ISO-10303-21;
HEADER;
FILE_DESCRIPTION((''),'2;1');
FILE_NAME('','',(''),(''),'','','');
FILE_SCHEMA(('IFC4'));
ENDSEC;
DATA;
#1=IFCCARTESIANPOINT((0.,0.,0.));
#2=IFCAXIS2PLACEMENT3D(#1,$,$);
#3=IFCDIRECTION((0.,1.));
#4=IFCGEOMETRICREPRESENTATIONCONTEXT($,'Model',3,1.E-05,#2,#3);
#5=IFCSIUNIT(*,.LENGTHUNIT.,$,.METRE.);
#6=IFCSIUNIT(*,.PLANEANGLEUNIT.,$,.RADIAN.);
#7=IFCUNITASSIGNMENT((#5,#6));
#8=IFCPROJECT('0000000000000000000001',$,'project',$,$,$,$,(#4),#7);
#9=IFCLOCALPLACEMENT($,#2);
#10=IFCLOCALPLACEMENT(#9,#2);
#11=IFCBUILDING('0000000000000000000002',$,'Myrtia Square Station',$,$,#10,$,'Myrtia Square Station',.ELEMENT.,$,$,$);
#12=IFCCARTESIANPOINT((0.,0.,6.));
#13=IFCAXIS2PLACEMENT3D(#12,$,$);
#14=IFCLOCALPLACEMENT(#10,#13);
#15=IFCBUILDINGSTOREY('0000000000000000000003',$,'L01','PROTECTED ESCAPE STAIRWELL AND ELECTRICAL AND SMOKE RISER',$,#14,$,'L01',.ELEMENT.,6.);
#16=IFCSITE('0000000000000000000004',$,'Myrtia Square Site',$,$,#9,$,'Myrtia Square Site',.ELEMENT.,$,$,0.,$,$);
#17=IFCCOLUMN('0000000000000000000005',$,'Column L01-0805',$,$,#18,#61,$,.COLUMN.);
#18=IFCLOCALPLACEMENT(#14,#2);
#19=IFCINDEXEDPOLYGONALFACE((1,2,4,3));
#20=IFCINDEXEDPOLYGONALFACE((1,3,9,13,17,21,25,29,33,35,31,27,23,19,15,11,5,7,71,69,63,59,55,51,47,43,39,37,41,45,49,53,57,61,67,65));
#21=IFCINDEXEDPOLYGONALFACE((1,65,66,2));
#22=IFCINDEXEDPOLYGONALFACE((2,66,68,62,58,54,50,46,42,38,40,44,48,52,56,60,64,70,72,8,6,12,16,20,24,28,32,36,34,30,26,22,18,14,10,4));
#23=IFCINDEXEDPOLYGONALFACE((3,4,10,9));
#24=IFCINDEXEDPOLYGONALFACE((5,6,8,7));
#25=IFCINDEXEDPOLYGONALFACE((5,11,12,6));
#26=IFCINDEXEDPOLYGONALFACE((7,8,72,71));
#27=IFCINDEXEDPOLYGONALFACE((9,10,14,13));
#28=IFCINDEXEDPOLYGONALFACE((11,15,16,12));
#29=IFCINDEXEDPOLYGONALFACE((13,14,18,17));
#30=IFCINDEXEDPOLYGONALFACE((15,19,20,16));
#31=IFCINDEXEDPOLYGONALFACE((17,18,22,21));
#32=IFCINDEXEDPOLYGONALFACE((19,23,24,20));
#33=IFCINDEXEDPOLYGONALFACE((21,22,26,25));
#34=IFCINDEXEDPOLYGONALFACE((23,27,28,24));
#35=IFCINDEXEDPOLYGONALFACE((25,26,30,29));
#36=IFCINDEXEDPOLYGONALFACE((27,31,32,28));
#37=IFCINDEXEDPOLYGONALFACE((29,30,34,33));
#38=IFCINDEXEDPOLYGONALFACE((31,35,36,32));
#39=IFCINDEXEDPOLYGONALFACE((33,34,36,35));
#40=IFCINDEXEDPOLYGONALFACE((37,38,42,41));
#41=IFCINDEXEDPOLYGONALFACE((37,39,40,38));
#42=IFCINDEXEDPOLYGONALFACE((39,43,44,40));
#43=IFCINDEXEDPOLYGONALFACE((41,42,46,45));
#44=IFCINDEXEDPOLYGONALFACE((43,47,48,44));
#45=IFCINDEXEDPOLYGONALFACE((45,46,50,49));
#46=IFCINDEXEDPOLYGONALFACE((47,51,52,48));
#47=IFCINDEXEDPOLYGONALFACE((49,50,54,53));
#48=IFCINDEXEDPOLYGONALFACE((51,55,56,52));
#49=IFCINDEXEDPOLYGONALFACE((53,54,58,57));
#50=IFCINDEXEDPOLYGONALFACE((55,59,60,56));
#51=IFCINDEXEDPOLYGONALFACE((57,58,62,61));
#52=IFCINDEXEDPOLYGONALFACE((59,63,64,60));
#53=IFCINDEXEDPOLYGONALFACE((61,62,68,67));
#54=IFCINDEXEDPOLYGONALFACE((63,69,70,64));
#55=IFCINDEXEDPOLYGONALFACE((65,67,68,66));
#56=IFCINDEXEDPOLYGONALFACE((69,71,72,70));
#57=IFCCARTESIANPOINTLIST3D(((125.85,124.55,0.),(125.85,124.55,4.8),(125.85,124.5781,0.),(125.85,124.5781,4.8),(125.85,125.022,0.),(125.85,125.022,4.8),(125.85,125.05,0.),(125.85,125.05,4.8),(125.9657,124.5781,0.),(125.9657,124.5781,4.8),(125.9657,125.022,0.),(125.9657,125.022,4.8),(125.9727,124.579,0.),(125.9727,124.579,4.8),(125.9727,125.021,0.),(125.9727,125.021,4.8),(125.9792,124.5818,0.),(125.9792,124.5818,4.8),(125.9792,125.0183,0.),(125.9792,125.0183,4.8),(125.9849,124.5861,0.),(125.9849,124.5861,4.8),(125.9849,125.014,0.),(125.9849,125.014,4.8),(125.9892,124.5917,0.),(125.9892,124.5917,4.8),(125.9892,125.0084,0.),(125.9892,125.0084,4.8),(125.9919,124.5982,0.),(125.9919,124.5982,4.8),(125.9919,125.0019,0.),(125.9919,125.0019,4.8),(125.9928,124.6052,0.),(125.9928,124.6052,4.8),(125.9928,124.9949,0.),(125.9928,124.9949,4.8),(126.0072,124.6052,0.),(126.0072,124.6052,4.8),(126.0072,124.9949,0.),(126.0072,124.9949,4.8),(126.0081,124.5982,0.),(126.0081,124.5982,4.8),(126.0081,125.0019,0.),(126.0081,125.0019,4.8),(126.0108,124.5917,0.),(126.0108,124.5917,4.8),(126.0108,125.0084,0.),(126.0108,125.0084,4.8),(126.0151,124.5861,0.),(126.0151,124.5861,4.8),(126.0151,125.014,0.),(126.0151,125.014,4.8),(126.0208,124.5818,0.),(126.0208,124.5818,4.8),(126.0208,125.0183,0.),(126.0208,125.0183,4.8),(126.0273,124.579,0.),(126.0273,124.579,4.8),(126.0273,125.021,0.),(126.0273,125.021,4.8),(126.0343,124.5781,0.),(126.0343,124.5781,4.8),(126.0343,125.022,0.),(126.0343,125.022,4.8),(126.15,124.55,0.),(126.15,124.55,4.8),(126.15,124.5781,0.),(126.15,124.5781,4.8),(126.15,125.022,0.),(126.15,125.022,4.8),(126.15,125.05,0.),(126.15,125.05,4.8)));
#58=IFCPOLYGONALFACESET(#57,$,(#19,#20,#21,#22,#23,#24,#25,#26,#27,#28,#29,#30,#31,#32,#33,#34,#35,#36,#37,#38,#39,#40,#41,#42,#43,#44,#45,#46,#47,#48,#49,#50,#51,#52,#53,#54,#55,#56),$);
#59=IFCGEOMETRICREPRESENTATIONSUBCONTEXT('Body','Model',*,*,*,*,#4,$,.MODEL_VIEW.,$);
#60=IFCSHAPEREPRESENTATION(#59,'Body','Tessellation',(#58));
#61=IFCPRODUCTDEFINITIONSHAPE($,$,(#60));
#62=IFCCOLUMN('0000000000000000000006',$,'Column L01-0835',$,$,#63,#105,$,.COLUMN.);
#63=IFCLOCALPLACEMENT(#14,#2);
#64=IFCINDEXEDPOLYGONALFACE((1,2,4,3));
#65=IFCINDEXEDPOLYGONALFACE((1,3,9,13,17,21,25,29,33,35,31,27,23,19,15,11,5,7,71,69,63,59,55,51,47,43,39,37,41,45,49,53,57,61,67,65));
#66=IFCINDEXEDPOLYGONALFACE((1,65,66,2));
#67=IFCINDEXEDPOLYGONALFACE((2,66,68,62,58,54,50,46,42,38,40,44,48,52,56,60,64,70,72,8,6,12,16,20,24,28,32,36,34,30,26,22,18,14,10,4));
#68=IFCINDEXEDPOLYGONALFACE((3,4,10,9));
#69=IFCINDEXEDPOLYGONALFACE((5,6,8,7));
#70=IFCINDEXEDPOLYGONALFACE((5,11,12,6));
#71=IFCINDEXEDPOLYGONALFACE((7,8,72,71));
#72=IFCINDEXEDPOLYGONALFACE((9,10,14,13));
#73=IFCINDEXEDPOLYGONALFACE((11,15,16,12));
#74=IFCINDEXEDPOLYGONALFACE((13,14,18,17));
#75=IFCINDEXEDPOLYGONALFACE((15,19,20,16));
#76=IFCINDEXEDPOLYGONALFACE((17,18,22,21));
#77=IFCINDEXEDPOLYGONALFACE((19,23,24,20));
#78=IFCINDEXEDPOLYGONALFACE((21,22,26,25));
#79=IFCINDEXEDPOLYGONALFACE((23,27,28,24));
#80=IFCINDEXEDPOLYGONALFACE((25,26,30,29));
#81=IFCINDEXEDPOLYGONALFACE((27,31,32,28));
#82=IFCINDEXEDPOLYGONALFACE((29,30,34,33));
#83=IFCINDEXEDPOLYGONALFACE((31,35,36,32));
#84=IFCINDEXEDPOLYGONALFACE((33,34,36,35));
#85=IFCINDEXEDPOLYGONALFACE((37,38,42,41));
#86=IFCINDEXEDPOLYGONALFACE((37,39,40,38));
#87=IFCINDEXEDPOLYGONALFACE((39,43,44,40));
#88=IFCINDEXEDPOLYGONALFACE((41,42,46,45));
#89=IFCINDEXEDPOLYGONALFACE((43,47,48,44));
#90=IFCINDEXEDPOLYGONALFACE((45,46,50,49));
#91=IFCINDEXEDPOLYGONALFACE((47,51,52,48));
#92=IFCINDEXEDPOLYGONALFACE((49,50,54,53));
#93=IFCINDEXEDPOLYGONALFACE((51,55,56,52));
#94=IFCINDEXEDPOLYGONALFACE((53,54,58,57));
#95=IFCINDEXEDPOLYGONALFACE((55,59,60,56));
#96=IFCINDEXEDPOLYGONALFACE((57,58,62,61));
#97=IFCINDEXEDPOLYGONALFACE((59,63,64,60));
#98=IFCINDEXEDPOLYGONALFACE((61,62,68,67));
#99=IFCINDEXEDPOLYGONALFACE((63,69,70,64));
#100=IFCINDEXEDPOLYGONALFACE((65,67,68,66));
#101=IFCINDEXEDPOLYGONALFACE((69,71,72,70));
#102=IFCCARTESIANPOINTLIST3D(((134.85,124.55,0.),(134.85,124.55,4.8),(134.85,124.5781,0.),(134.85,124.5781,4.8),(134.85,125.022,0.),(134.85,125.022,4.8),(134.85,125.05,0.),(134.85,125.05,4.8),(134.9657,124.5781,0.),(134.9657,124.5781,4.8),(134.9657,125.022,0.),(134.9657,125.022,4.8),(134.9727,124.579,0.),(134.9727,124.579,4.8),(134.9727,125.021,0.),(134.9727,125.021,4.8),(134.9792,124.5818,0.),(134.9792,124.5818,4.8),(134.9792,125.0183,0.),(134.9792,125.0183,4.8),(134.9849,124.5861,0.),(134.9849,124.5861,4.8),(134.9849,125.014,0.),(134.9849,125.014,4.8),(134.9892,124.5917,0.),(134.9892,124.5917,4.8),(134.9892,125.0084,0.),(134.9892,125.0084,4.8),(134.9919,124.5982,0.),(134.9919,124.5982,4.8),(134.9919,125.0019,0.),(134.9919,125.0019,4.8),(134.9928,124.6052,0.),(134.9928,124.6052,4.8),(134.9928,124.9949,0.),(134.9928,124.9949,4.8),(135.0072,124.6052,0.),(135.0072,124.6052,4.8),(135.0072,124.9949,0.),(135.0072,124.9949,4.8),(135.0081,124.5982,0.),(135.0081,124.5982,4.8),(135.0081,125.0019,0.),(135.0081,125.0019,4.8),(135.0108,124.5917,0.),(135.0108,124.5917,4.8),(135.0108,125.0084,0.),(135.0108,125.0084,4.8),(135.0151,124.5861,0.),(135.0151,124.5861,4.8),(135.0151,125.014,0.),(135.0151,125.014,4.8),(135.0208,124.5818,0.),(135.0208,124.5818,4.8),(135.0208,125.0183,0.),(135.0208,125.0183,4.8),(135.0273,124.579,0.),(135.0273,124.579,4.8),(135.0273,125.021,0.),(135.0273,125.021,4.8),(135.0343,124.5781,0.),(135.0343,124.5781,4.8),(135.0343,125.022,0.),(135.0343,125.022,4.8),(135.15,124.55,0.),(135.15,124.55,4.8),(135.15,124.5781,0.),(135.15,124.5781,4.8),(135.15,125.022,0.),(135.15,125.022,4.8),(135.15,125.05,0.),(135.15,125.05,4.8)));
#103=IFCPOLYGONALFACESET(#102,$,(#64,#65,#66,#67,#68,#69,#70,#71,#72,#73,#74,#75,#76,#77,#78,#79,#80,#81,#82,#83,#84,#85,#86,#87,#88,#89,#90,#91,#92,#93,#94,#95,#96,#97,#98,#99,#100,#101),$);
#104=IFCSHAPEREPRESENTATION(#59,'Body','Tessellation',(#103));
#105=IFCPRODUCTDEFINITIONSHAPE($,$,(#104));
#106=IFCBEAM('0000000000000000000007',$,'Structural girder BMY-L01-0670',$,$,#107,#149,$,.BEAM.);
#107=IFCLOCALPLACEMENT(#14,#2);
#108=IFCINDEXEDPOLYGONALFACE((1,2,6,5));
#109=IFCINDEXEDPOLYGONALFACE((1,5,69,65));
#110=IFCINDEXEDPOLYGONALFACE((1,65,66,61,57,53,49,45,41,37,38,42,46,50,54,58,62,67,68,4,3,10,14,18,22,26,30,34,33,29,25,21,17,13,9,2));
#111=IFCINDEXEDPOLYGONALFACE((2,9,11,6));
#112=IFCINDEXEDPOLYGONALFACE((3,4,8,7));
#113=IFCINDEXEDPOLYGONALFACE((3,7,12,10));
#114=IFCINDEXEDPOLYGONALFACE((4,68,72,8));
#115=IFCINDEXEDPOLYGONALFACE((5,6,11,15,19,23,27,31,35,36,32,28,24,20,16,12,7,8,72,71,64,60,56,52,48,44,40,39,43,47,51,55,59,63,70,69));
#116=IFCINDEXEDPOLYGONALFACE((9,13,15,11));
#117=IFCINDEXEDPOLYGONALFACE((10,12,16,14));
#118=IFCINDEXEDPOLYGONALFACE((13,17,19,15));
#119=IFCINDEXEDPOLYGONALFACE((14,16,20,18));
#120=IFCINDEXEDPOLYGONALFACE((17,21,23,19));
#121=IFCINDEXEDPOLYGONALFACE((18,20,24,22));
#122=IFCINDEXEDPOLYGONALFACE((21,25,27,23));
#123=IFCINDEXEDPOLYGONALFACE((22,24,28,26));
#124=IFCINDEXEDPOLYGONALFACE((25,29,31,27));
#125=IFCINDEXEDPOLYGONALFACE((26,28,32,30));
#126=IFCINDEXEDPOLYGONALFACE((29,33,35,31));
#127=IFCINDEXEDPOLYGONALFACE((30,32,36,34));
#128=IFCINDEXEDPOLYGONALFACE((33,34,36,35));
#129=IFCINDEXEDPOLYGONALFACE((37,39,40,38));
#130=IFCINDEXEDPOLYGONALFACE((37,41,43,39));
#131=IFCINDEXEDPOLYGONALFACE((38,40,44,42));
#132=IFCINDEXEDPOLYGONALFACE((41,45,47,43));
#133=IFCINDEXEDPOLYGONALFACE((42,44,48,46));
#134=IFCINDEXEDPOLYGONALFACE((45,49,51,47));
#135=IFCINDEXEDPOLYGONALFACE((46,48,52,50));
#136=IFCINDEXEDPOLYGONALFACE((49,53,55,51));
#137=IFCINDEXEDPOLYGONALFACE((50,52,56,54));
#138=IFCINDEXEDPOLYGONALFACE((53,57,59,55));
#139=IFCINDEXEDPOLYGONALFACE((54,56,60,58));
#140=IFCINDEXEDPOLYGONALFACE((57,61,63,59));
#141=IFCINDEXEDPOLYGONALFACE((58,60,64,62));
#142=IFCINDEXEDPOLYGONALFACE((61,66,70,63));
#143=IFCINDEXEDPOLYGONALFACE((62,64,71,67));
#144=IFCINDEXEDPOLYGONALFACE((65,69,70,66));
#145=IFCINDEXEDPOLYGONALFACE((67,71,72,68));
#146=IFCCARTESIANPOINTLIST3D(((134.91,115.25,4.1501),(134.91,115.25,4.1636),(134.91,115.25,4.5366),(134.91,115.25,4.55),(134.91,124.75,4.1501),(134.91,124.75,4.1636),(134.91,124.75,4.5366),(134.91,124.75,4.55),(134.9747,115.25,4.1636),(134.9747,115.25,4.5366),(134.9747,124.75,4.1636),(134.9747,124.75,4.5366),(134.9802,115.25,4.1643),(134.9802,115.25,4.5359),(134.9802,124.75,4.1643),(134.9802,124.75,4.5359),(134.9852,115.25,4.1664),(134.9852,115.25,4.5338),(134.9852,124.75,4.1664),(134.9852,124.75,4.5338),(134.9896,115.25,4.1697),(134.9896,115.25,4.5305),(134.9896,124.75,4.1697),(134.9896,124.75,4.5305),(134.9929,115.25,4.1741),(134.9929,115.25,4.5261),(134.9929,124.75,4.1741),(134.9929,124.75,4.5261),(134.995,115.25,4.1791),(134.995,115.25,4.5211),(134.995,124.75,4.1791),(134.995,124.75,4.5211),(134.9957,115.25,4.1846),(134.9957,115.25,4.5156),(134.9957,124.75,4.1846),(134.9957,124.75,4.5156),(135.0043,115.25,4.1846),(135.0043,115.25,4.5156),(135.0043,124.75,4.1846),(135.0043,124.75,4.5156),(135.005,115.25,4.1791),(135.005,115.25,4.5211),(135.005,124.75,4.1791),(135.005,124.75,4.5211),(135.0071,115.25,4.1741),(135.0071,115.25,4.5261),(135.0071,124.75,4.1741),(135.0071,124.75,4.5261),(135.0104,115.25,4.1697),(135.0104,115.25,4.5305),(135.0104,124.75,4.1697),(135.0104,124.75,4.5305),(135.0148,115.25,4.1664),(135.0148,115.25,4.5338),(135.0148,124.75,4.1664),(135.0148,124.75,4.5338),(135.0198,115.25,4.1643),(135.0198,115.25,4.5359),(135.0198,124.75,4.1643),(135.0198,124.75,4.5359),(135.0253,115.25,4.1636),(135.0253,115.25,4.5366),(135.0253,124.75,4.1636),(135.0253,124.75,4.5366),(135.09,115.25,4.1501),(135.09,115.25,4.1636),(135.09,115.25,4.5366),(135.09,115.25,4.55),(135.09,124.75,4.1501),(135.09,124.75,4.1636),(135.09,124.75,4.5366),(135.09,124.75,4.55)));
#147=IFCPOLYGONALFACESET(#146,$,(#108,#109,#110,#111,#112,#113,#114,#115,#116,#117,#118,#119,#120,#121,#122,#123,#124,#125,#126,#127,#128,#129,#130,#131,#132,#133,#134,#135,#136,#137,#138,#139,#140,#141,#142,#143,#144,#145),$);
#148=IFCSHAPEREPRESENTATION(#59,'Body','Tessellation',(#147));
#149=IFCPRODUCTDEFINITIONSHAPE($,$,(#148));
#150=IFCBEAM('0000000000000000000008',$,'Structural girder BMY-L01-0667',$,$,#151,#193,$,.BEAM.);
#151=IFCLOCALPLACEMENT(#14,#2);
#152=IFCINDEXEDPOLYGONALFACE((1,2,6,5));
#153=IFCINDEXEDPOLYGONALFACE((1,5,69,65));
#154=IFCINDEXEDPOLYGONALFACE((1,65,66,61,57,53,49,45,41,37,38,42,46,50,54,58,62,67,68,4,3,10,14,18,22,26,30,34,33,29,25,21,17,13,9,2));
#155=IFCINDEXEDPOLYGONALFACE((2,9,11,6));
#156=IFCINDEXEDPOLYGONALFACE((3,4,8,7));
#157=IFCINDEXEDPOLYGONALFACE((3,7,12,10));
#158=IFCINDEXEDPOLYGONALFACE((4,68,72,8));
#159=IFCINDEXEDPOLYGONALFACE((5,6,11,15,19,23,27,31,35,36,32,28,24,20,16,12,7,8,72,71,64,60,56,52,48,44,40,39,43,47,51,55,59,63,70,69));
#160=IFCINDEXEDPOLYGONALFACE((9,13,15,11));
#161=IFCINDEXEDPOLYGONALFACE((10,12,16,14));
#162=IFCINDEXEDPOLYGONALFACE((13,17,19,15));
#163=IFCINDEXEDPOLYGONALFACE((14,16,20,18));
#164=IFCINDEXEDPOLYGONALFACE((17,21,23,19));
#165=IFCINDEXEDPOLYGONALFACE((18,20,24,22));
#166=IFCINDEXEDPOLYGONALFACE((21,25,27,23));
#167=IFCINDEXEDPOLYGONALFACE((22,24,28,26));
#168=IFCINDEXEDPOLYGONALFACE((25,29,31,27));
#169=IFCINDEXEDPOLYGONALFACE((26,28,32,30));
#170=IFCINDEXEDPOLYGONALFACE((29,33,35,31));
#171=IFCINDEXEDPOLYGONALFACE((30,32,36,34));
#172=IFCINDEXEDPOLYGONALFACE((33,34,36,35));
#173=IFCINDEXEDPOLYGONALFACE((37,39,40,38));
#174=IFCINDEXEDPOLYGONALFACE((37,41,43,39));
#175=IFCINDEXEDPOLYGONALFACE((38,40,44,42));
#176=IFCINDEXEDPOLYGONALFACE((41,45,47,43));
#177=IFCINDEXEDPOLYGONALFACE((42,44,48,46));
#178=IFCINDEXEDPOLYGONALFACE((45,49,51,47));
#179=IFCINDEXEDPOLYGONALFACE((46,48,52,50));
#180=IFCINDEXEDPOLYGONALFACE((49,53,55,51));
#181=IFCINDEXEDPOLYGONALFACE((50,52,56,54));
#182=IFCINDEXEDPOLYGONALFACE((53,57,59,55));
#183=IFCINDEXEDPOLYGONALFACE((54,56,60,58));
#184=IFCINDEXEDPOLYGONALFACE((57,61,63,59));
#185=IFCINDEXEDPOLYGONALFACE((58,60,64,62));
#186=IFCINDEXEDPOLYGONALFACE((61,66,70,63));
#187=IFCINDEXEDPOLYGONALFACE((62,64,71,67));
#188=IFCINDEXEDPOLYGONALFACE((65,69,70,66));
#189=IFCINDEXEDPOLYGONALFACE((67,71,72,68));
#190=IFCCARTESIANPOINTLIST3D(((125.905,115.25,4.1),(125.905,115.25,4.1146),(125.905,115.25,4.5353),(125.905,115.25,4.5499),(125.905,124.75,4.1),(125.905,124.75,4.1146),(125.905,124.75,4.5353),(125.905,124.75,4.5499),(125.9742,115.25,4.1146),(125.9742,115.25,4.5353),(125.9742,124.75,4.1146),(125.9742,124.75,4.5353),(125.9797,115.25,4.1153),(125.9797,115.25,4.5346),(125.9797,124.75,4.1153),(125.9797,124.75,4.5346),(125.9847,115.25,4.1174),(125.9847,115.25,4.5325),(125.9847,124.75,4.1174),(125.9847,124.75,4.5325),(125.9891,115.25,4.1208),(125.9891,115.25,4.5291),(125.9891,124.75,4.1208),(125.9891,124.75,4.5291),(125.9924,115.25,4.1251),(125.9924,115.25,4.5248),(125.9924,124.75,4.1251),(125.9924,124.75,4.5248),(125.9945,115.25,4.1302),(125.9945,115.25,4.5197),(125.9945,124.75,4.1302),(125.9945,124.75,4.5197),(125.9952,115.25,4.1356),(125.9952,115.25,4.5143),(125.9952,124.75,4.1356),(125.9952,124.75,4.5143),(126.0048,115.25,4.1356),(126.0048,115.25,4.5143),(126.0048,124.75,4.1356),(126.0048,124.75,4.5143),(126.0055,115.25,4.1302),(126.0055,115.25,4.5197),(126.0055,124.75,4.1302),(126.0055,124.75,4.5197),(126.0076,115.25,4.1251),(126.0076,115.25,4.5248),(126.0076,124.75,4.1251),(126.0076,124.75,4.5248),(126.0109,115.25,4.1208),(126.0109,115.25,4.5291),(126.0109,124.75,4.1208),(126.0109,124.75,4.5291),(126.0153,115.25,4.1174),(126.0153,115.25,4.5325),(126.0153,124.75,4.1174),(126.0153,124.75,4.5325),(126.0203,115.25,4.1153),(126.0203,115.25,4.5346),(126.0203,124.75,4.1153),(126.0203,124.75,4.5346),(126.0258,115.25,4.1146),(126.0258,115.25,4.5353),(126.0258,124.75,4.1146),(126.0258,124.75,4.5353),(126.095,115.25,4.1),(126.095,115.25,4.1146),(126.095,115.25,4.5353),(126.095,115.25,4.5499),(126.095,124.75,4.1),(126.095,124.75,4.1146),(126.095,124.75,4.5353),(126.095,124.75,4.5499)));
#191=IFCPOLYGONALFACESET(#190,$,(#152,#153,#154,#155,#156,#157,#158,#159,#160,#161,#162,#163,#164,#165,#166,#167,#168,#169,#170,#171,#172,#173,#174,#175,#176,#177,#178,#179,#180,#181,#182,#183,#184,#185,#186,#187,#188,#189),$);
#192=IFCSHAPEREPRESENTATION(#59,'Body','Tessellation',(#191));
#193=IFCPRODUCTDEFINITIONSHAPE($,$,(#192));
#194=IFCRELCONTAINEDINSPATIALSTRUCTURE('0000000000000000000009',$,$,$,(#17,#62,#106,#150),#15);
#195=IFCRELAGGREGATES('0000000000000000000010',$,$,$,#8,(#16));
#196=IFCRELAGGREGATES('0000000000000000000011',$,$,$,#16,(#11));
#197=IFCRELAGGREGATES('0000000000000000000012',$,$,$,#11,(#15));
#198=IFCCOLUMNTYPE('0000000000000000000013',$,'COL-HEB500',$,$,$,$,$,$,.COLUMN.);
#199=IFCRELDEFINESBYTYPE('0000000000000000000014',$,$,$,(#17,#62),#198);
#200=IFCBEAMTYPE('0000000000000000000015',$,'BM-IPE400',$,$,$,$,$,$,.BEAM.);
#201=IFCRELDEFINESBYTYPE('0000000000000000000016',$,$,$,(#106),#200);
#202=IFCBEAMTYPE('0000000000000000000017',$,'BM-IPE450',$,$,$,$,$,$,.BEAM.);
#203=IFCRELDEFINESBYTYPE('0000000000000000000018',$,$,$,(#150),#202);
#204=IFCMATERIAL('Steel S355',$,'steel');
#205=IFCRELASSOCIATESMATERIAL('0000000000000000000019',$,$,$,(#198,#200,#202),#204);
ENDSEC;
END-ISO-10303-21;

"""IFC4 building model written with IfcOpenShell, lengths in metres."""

from ifc_helpers import new_model, si_unit, direction, frame, origin, origin_2d, place, context, subcontext, project, spatial, i_section, extrude, material, material_profile, profile_set, type_object, element, save


model = new_model("IFC4")

# Units and contexts
model_context = context("Model", 3, precision=1e-05, world=origin(), true_north=direction((0.0, 1.0)))
body_context = subcontext(model_context, "Body", "Model", "MODEL_VIEW")
ifc_project = project(units=[si_unit("LENGTHUNIT", "METRE"), si_unit("PLANEANGLEUNIT", "RADIAN")], contexts=[model_context])

# Site, building, storey
site_placement = place(None, origin())
site = spatial("IfcSite", under=ifc_project, at=site_placement, Name="Myrtia Square Site", LongName="Myrtia Square Site", CompositionType="ELEMENT", RefElevation=0.0)
building_placement = place(site_placement, origin())
building = spatial("IfcBuilding", under=site, at=building_placement, Name="Myrtia Square Station", LongName="Myrtia Square Station", CompositionType="ELEMENT")
storey_placement = place(building_placement, frame((0.0, 0.0, 6.0)))
storey = spatial("IfcBuildingStorey", under=building, at=storey_placement, Name="L01", Description="PROTECTED ESCAPE STAIRWELL AND ELECTRICAL AND SMOKE RISER", LongName="L01", CompositionType="ELEMENT", Elevation=6.0)

# Columns
ifc_material_1 = material(Name="Steel S355", Category="steel")
ifc_material_profile_1 = material_profile(ifc_material_1, i_section(OverallWidth=0.3, OverallDepth=0.5, WebThickness=0.0144, FlangeThickness=0.0281, FilletRadius=0.0271, at=origin_2d()), Name="HEB 500")
ifc_profile_set_1 = profile_set([ifc_material_profile_1], Name="Steel S355")
column_type = type_object("IfcColumnType", Name="COL-HEB500", PredefinedType="COLUMN", material=ifc_profile_set_1)
for number, where, z_axis, x_axis, name in (
    (1, (126.0, 124.8, 0.0), (0.0, 0.0, 1.0), (1.0, 0.0, 0.0), "Column L01-0805"),
    (2, (135.0, 124.8, 0.0), (0.0, 0.0, 1.0), (1.0, 0.0, 0.0), "Column L01-0835"),
):
    element("IfcColumn", number, at=place(storey_placement, frame(where, z_axis=z_axis, x_axis=x_axis)), inside=storey, type_object=column_type, Name=name, PredefinedType="COLUMN", context=body_context, shape_type="SweptSolid", body=[
        extrude(i_section(OverallWidth=0.3, OverallDepth=0.5, WebThickness=0.0144, FlangeThickness=0.0281, FilletRadius=0.0271, at=origin_2d()), origin(), (0.0, 0.0, 1.0), 4.8),
    ])

# Beams
ifc_material_profile_2 = material_profile(ifc_material_1, i_section(OverallWidth=0.1799, OverallDepth=0.3999, WebThickness=0.0085, FlangeThickness=0.0134, FilletRadius=0.021, at=origin_2d()), Name="IPE 400")
ifc_profile_set_2 = profile_set([ifc_material_profile_2], Name="Steel S355")
beam_type_1 = type_object("IfcBeamType", Name="BM-IPE400", PredefinedType="BEAM", material=ifc_profile_set_2)
beam_1_placement = place(storey_placement, frame((135.0, 115.25, 4.3501), z_axis=(0.0, 1.0, 0.0), x_axis=(-1.0, 0.0, 0.0)))
element("IfcBeam", 3, at=beam_1_placement, inside=storey, type_object=beam_type_1, Name="Structural girder BMY-L01-0670", PredefinedType="BEAM", context=body_context, shape_type="SweptSolid", body=[
    extrude(i_section(OverallWidth=0.1799, OverallDepth=0.3999, WebThickness=0.0085, FlangeThickness=0.0134, FilletRadius=0.021, at=origin_2d()), origin(), (0.0, 0.0, 1.0), 9.5),
])
ifc_material_profile_3 = material_profile(ifc_material_1, i_section(OverallWidth=0.1899, OverallDepth=0.45, WebThickness=0.0095, FlangeThickness=0.0146, FilletRadius=0.021, at=origin_2d()), Name="IPE 450")
ifc_profile_set_3 = profile_set([ifc_material_profile_3], Name="Steel S355")
beam_type_2 = type_object("IfcBeamType", Name="BM-IPE450", PredefinedType="BEAM", material=ifc_profile_set_3)
beam_2_placement = place(storey_placement, frame((126.0, 115.25, 4.325), z_axis=(0.0, 1.0, 0.0), x_axis=(-1.0, 0.0, 0.0)))
element("IfcBeam", 4, at=beam_2_placement, inside=storey, type_object=beam_type_2, Name="Structural girder BMY-L01-0667", PredefinedType="BEAM", context=body_context, shape_type="SweptSolid", body=[
    extrude(i_section(OverallWidth=0.1899, OverallDepth=0.45, WebThickness=0.0095, FlangeThickness=0.0146, FilletRadius=0.021, at=origin_2d()), origin(), (0.0, 0.0, 1.0), 9.5),
])

save(model, "model.ifc")
